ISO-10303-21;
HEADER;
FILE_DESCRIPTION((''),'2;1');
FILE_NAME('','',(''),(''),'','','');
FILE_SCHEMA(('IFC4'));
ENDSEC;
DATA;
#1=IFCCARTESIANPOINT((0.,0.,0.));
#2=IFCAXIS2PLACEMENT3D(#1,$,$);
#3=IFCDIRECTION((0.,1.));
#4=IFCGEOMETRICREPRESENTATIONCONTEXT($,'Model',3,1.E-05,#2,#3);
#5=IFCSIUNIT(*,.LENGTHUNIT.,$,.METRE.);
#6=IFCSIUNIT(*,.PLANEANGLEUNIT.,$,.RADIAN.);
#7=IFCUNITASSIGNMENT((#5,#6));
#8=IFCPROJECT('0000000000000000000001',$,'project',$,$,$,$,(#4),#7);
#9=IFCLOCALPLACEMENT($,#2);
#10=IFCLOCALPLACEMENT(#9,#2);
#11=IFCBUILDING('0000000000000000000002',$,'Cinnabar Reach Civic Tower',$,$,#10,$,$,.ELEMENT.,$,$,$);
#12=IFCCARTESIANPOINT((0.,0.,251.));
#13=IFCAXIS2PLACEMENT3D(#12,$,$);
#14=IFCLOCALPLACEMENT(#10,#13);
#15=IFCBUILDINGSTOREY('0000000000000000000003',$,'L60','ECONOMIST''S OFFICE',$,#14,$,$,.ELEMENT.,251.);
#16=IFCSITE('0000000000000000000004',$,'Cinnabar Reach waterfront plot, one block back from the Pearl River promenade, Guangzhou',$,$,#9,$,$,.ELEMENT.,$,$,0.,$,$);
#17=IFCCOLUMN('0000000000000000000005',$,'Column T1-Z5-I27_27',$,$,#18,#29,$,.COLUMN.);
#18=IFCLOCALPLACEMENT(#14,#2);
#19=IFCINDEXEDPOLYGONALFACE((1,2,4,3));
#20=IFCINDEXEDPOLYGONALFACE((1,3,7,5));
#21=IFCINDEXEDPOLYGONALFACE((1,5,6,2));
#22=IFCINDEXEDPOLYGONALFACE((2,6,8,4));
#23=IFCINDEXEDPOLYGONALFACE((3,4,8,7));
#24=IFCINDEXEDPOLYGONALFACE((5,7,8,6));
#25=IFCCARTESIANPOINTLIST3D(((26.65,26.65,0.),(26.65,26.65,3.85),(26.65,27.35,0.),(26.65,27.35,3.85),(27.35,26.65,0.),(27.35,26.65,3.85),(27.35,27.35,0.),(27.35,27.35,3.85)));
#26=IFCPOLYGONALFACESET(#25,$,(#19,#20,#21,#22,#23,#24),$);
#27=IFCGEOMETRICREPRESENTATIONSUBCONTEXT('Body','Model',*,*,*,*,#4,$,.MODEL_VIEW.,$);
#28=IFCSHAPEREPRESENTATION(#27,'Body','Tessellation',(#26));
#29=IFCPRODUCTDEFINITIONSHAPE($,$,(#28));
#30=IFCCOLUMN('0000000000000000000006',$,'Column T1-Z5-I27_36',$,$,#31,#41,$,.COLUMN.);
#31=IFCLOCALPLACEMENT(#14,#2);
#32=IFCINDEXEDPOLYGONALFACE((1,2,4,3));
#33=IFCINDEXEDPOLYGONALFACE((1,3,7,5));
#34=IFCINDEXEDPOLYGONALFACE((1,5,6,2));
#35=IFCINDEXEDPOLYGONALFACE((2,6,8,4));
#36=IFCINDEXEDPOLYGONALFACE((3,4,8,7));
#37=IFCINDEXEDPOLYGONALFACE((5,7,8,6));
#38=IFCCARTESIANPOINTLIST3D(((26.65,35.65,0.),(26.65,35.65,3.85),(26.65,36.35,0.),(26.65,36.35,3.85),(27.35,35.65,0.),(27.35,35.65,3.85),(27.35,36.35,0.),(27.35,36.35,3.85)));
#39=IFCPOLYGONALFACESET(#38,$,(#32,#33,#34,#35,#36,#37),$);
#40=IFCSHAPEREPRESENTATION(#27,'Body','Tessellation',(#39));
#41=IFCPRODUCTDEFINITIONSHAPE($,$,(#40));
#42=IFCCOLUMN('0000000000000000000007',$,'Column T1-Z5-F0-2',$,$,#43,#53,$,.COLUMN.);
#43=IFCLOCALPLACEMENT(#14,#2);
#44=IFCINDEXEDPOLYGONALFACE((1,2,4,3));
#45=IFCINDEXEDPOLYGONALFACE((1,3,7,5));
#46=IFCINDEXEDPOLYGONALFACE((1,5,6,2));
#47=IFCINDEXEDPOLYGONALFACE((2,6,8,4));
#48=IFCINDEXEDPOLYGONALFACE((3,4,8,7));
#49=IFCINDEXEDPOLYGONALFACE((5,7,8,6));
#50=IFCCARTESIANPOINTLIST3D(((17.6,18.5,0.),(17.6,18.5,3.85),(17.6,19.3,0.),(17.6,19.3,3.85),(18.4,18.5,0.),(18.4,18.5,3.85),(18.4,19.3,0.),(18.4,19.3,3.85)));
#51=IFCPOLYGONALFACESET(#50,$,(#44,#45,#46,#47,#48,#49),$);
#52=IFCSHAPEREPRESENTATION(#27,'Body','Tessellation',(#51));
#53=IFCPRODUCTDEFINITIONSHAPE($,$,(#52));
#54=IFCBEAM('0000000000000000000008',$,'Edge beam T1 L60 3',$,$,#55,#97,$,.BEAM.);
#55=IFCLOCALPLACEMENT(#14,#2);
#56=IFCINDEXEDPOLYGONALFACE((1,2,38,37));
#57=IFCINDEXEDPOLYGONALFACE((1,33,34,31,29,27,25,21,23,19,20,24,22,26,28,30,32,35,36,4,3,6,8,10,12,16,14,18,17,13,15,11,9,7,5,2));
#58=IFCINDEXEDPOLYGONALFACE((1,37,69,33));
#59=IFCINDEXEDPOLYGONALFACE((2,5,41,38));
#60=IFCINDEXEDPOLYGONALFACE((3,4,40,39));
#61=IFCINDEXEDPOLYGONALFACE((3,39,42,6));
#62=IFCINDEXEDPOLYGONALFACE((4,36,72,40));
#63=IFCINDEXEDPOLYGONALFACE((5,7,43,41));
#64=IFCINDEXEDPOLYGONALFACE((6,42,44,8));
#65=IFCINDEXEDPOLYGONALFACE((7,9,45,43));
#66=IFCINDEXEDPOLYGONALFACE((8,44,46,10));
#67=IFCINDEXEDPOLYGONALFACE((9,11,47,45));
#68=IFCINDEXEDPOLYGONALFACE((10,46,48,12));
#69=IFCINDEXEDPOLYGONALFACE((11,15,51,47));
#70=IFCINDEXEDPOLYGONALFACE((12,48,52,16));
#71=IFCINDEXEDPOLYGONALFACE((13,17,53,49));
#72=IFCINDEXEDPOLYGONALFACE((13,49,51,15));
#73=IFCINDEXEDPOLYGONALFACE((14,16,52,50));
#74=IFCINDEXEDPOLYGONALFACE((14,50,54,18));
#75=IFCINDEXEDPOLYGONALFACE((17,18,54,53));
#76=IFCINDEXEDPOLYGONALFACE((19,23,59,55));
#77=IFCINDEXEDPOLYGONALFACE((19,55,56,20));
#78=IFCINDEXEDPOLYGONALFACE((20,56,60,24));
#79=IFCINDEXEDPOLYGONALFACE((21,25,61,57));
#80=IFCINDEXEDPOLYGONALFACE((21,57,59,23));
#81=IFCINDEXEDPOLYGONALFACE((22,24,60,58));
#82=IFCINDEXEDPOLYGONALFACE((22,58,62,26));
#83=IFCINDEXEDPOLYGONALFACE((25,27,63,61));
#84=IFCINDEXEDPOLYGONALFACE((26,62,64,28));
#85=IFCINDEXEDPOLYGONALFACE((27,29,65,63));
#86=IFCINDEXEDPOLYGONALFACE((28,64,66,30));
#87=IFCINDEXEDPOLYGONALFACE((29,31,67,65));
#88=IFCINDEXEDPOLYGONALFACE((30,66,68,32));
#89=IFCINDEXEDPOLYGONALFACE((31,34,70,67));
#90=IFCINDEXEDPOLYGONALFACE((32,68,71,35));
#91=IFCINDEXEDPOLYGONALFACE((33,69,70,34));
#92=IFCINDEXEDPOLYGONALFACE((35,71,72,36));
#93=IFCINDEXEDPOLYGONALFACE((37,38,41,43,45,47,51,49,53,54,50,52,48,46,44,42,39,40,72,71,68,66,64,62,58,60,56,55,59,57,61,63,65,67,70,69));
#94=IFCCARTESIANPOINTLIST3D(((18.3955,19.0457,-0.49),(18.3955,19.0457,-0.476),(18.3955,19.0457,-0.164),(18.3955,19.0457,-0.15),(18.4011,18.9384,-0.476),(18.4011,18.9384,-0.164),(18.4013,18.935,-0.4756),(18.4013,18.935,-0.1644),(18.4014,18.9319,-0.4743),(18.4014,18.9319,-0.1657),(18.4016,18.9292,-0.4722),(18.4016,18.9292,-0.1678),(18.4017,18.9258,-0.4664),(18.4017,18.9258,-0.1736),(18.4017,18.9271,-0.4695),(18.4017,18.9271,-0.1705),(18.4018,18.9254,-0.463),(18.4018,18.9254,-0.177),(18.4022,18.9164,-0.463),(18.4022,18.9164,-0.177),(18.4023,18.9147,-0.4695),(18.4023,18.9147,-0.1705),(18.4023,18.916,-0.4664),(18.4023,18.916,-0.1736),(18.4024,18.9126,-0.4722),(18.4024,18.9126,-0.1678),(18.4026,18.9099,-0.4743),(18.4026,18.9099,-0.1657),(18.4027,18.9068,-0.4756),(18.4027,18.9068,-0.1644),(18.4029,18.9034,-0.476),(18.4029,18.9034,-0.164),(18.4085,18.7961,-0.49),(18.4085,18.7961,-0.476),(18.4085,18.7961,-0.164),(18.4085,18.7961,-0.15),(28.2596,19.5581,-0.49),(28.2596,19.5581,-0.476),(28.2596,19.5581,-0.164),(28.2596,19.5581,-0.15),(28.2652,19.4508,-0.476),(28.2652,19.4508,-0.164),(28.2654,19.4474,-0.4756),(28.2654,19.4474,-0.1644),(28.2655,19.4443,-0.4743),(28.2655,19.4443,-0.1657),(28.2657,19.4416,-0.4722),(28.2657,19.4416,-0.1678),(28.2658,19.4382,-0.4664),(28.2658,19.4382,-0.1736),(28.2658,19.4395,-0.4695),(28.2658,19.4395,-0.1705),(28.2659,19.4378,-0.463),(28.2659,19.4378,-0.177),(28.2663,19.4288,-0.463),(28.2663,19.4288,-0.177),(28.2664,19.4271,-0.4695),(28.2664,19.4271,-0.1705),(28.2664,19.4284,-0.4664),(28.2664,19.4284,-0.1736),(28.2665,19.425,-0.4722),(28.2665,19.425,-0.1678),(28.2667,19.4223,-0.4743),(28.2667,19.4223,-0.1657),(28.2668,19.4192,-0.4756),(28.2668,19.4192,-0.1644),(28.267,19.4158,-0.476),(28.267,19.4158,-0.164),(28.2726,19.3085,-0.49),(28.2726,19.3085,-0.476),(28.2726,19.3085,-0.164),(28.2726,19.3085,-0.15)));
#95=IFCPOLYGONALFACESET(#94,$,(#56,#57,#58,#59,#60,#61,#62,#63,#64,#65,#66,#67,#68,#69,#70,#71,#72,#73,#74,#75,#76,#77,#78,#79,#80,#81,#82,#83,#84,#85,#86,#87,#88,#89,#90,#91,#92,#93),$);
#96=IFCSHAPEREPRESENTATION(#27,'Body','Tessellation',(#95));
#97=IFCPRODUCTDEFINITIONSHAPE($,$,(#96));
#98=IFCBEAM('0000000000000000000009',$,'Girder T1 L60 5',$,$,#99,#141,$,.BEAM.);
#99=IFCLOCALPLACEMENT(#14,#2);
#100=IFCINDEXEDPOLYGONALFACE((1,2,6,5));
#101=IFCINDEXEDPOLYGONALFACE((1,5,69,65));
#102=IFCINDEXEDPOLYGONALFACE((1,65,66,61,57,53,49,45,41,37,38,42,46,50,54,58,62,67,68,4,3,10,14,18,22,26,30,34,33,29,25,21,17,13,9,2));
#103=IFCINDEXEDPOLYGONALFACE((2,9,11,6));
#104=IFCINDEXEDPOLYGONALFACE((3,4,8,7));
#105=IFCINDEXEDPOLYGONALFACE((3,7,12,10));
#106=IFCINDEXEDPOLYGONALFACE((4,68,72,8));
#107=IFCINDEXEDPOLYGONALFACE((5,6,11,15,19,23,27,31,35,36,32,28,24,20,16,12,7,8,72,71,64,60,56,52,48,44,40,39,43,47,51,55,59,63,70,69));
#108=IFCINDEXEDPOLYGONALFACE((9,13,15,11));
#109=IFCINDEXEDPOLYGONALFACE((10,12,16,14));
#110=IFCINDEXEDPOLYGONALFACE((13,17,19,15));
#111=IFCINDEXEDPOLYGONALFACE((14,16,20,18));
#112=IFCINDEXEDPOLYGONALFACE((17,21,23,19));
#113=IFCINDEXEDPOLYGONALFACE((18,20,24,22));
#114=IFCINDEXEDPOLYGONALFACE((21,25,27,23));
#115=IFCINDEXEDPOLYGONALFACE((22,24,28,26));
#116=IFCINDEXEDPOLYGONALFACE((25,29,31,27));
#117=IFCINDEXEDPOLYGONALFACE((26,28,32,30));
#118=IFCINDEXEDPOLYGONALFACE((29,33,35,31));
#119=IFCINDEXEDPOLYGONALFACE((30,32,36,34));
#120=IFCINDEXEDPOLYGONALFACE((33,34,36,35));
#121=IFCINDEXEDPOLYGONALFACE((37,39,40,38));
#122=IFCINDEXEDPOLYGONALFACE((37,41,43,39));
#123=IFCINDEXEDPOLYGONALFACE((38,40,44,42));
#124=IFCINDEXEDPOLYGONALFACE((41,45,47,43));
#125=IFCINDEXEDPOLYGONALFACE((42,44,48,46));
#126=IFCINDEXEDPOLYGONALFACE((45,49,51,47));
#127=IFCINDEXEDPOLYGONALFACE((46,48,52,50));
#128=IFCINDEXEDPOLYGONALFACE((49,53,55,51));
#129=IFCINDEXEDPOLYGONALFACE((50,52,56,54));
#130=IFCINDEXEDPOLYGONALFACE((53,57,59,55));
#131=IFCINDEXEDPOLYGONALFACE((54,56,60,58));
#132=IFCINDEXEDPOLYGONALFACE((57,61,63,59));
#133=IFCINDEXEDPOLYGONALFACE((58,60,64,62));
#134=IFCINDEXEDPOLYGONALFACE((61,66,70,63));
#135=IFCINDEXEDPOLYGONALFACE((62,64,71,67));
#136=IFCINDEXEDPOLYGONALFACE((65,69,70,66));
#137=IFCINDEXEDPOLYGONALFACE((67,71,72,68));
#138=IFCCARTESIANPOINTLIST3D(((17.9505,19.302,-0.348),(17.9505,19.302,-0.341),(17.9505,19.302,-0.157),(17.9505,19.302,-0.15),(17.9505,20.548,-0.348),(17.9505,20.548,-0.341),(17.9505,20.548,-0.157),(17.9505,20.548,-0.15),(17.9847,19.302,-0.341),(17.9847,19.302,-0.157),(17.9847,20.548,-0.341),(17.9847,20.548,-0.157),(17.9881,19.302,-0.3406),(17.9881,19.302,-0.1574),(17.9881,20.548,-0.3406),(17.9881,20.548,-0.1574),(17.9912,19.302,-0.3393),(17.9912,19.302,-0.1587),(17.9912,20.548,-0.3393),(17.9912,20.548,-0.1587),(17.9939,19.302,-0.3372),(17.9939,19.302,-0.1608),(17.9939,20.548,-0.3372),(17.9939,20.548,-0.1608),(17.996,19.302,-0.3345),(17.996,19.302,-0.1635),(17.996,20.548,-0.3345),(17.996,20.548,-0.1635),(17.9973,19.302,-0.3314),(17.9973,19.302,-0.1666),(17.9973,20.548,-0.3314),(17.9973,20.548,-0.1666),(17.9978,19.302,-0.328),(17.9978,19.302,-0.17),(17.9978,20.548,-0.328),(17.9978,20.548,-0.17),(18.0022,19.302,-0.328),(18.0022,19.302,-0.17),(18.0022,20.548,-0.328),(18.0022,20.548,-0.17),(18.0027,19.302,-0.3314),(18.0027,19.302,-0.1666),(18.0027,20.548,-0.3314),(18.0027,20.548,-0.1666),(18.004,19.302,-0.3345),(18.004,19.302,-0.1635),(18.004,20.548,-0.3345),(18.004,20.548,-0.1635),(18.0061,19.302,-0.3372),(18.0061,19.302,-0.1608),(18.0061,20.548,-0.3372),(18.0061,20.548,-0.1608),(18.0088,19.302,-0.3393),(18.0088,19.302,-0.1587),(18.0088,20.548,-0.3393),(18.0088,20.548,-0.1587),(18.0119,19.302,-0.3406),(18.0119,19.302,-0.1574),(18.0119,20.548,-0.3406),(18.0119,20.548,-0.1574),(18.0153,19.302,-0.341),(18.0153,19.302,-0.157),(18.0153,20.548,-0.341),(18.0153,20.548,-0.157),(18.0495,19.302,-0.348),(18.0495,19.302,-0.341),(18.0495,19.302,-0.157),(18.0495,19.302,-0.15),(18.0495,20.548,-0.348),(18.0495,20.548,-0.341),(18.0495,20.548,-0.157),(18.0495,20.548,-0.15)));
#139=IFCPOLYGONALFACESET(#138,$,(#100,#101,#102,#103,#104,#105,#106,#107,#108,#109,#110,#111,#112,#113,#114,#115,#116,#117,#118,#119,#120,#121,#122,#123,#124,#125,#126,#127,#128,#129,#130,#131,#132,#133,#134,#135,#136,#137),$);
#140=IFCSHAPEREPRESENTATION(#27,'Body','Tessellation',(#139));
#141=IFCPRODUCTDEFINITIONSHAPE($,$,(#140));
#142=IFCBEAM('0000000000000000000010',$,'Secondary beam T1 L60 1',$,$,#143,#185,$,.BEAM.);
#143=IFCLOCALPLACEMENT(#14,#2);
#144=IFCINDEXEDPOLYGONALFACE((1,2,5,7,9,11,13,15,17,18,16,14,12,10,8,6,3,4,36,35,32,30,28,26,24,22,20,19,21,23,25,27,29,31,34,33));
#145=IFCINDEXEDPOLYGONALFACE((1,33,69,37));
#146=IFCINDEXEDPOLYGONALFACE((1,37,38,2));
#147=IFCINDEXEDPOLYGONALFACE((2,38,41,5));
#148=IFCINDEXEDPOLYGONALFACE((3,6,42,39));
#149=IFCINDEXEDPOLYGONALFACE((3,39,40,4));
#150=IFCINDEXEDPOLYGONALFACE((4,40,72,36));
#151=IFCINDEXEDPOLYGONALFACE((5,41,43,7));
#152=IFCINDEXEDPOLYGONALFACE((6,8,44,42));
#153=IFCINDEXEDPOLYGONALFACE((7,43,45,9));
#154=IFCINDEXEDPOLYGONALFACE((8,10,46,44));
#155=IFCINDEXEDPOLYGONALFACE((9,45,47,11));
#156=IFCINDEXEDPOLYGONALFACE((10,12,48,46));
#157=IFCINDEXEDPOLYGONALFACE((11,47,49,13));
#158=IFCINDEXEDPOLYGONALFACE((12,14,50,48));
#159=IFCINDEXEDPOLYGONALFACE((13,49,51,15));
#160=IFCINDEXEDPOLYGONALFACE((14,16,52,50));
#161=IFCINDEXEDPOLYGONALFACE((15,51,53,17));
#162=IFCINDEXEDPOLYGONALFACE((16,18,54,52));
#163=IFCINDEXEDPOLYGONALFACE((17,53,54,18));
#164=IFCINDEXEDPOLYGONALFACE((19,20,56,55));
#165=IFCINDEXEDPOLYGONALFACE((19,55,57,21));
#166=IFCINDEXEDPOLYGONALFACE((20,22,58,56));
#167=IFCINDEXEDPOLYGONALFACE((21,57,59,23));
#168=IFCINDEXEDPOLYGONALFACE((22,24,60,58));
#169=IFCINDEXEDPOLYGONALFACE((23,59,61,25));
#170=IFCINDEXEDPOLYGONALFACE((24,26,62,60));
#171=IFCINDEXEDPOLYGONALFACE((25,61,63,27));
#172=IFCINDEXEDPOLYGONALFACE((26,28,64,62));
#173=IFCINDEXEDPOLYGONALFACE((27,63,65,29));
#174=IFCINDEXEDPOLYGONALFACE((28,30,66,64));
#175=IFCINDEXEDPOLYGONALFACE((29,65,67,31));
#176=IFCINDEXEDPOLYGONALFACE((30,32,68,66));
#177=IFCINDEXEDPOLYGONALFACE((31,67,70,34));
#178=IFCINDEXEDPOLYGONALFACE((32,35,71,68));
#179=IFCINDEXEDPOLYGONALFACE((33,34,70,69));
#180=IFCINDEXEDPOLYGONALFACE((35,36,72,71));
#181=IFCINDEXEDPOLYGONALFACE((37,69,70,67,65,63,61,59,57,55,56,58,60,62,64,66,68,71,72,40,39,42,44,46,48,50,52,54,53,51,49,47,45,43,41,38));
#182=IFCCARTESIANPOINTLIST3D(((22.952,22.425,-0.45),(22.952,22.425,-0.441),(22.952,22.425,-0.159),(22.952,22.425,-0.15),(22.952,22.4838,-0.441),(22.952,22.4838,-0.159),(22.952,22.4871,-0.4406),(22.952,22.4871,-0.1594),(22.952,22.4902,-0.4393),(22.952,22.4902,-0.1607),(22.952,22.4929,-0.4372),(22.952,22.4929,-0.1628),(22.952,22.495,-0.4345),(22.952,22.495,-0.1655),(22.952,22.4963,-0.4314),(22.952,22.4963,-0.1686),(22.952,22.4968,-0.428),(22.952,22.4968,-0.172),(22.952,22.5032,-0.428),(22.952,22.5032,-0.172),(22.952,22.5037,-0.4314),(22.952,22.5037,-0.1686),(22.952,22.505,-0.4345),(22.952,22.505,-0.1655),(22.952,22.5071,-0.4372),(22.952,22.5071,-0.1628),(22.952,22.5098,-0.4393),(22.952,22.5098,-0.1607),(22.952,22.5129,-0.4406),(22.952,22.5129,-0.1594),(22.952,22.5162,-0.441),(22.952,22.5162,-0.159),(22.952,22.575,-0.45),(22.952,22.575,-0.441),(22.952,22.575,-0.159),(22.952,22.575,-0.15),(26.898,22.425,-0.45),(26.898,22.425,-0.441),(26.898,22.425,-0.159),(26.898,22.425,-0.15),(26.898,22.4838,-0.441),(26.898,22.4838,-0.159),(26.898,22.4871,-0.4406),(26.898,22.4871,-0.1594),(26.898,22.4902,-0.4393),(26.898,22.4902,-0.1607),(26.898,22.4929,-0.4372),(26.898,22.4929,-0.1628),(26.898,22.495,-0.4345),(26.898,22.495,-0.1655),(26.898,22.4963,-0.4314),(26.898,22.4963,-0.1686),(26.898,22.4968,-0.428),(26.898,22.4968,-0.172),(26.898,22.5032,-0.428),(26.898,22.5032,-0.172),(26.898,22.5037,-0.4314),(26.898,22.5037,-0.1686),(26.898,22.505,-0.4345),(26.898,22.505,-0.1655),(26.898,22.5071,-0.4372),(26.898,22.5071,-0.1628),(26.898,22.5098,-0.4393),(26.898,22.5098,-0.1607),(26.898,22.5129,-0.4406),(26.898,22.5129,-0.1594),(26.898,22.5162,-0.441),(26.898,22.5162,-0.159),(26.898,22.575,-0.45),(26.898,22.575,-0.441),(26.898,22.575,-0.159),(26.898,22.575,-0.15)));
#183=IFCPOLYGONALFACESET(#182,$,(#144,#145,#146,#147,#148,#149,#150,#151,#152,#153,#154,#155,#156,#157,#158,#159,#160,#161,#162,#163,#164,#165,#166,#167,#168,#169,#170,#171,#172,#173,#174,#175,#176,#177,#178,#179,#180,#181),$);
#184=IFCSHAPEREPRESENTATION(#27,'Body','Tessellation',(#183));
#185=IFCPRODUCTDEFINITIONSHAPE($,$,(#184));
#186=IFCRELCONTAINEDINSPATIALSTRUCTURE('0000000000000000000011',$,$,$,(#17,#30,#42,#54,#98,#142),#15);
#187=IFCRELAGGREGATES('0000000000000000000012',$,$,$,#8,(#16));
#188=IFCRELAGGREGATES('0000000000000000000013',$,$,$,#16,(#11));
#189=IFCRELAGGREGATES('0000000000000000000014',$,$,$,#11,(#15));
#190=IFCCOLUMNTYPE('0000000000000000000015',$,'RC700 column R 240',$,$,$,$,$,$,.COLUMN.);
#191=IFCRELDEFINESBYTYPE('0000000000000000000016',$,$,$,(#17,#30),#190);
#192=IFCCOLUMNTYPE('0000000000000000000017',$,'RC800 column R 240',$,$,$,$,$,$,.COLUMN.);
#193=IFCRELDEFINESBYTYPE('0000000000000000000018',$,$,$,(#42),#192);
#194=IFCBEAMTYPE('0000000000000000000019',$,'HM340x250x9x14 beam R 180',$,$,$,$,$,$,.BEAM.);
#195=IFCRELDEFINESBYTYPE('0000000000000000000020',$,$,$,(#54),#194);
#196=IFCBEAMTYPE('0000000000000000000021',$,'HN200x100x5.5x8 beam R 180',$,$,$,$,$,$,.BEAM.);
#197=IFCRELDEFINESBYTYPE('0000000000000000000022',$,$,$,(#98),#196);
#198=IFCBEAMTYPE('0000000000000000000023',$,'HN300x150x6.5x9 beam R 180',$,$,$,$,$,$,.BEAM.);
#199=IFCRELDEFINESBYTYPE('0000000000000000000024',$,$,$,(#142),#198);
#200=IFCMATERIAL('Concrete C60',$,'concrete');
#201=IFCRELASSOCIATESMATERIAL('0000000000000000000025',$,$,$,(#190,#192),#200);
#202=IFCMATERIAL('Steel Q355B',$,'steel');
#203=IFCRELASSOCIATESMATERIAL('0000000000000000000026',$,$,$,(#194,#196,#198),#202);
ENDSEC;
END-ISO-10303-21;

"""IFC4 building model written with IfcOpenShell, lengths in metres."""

from ifc_helpers import new_model, si_unit, direction, frame, origin, origin_2d, place, context, subcontext, project, spatial, rectangle, i_section, extrude, material, material_profile, profile_set, type_object, element, save


model = new_model("IFC4")

# Units and contexts
model_context = context("Model", 3, precision=1e-05, world=origin(), true_north=direction((0.0, 1.0)))
body_context = subcontext(model_context, "Body", "Model", "MODEL_VIEW")
ifc_project = project(units=[si_unit("LENGTHUNIT", "METRE"), si_unit("PLANEANGLEUNIT", "RADIAN")], contexts=[model_context])

# Site, building, storey
site_placement = place(None, origin())
site = spatial("IfcSite", under=ifc_project, at=site_placement, Name="Cinnabar Reach waterfront plot, one block back from the Pearl River promenade, Guangzhou", CompositionType="ELEMENT", RefElevation=0.0)
building_placement = place(site_placement, origin())
building = spatial("IfcBuilding", under=site, at=building_placement, Name="Cinnabar Reach Civic Tower", CompositionType="ELEMENT")
storey_placement = place(building_placement, frame((0.0, 0.0, 251.0)))
storey = spatial("IfcBuildingStorey", under=building, at=storey_placement, Name="L60", Description="ECONOMIST'S OFFICE", CompositionType="ELEMENT", Elevation=251.0)

# Columns
ifc_material_1 = material(Name="Concrete C60", Category="concrete")
ifc_material_profile_1 = material_profile(ifc_material_1, rectangle(XDim=0.7, YDim=0.7, at=origin_2d()), Name="RC700")
ifc_profile_set_1 = profile_set([ifc_material_profile_1], Name="Concrete C60")
column_type_1 = type_object("IfcColumnType", Name="RC700 column R 240", PredefinedType="COLUMN", material=ifc_profile_set_1)
for number, where, z_axis, x_axis, name in (
    (1, (27.0, 27.0, 0.0), (0.0, 0.0, 1.0), (1.0, 0.0, 0.0), "Column T1-Z5-I27_27"),
    (2, (27.0, 36.0, 0.0), (0.0, 0.0, 1.0), (1.0, 0.0, 0.0), "Column T1-Z5-I27_36"),
):
    element("IfcColumn", number, at=place(storey_placement, frame(where, z_axis=z_axis, x_axis=x_axis)), inside=storey, type_object=column_type_1, Name=name, PredefinedType="COLUMN", context=body_context, shape_type="SweptSolid", body=[
        extrude(rectangle(XDim=0.7, YDim=0.7, at=origin_2d()), origin(), (0.0, 0.0, 1.0), 3.85),
    ])
ifc_material_profile_2 = material_profile(ifc_material_1, rectangle(XDim=0.8, YDim=0.8, at=origin_2d()), Name="RC800")
ifc_profile_set_2 = profile_set([ifc_material_profile_2], Name="Concrete C60")
column_type_2 = type_object("IfcColumnType", Name="RC800 column R 240", PredefinedType="COLUMN", material=ifc_profile_set_2)
column_placement = place(storey_placement, frame((18.0, 18.9, 0.0), z_axis=(0.0, 0.0, 1.0), x_axis=(1.0, 0.0, 0.0)))
element("IfcColumn", 3, at=column_placement, inside=storey, type_object=column_type_2, Name="Column T1-Z5-F0-2", PredefinedType="COLUMN", context=body_context, shape_type="SweptSolid", body=[
    extrude(rectangle(XDim=0.8, YDim=0.8, at=origin_2d()), origin(), (0.0, 0.0, 1.0), 3.85),
])

# Beams
ifc_material_2 = material(Name="Steel Q355B", Category="steel")
ifc_material_profile_3 = material_profile(ifc_material_2, i_section(OverallWidth=0.25, OverallDepth=0.34, WebThickness=0.009, FlangeThickness=0.014, FilletRadius=0.013, at=origin_2d()), Name="HM340x250x9x14")
ifc_profile_set_3 = profile_set([ifc_material_profile_3], Name="Steel Q355B")
beam_type_1 = type_object("IfcBeamType", Name="HM340x250x9x14 beam R 180", PredefinedType="BEAM", material=ifc_profile_set_3)
beam_1_placement = place(storey_placement, frame((18.402, 18.9209, -0.32), z_axis=(0.998654, 0.051876, 0.0), x_axis=(-0.051876, 0.998654, 0.0)))
element("IfcBeam", 4, at=beam_1_placement, inside=storey, type_object=beam_type_1, Name="Edge beam T1 L60 3", PredefinedType="BEAM", context=body_context, shape_type="SweptSolid", body=[
    extrude(i_section(OverallWidth=0.25, OverallDepth=0.34, WebThickness=0.009, FlangeThickness=0.014, FilletRadius=0.013, at=origin_2d()), origin(), (0.0, 0.0, 1.0), 9.8774),
])
ifc_material_profile_4 = material_profile(ifc_material_2, i_section(OverallWidth=0.099, OverallDepth=0.198, WebThickness=0.0045, FlangeThickness=0.007, FilletRadius=0.013, at=origin_2d()), Name="HN200x100x5.5x8")
ifc_profile_set_4 = profile_set([ifc_material_profile_4], Name="Steel Q355B")
beam_type_2 = type_object("IfcBeamType", Name="HN200x100x5.5x8 beam R 180", PredefinedType="BEAM", material=ifc_profile_set_4)
beam_2_placement = place(storey_placement, frame((18.0, 19.302, -0.249), z_axis=(0.0, 1.0, 0.0), x_axis=(-1.0, 0.0, 0.0)))
element("IfcBeam", 5, at=beam_2_placement, inside=storey, type_object=beam_type_2, Name="Girder T1 L60 5", PredefinedType="BEAM", context=body_context, shape_type="SweptSolid", body=[
    extrude(i_section(OverallWidth=0.099, OverallDepth=0.198, WebThickness=0.0045, FlangeThickness=0.007, FilletRadius=0.013, at=origin_2d()), origin(), (0.0, 0.0, 1.0), 1.246),
])
ifc_material_profile_5 = material_profile(ifc_material_2, i_section(OverallWidth=0.15, OverallDepth=0.3, WebThickness=0.0065, FlangeThickness=0.009, FilletRadius=0.013, at=origin_2d()), Name="HN300x150x6.5x9")
ifc_profile_set_5 = profile_set([ifc_material_profile_5], Name="Steel Q355B")
beam_type_3 = type_object("IfcBeamType", Name="HN300x150x6.5x9 beam R 180", PredefinedType="BEAM", material=ifc_profile_set_5)
for number, where, z_axis, x_axis, name in (
    (6, (22.952, 22.5, -0.3), (1.0, 0.0, 0.0), (0.0, 1.0, 0.0), "Secondary beam T1 L60 1"),
):
    element("IfcBeam", number, at=place(storey_placement, frame(where, z_axis=z_axis, x_axis=x_axis)), inside=storey, type_object=beam_type_3, Name=name, PredefinedType="BEAM", context=body_context, shape_type="SweptSolid", body=[
        extrude(i_section(OverallWidth=0.15, OverallDepth=0.3, WebThickness=0.0065, FlangeThickness=0.009, FilletRadius=0.013, at=origin_2d()), origin(), (0.0, 0.0, 1.0), 3.946),
    ])

save(model, "model.ifc")
